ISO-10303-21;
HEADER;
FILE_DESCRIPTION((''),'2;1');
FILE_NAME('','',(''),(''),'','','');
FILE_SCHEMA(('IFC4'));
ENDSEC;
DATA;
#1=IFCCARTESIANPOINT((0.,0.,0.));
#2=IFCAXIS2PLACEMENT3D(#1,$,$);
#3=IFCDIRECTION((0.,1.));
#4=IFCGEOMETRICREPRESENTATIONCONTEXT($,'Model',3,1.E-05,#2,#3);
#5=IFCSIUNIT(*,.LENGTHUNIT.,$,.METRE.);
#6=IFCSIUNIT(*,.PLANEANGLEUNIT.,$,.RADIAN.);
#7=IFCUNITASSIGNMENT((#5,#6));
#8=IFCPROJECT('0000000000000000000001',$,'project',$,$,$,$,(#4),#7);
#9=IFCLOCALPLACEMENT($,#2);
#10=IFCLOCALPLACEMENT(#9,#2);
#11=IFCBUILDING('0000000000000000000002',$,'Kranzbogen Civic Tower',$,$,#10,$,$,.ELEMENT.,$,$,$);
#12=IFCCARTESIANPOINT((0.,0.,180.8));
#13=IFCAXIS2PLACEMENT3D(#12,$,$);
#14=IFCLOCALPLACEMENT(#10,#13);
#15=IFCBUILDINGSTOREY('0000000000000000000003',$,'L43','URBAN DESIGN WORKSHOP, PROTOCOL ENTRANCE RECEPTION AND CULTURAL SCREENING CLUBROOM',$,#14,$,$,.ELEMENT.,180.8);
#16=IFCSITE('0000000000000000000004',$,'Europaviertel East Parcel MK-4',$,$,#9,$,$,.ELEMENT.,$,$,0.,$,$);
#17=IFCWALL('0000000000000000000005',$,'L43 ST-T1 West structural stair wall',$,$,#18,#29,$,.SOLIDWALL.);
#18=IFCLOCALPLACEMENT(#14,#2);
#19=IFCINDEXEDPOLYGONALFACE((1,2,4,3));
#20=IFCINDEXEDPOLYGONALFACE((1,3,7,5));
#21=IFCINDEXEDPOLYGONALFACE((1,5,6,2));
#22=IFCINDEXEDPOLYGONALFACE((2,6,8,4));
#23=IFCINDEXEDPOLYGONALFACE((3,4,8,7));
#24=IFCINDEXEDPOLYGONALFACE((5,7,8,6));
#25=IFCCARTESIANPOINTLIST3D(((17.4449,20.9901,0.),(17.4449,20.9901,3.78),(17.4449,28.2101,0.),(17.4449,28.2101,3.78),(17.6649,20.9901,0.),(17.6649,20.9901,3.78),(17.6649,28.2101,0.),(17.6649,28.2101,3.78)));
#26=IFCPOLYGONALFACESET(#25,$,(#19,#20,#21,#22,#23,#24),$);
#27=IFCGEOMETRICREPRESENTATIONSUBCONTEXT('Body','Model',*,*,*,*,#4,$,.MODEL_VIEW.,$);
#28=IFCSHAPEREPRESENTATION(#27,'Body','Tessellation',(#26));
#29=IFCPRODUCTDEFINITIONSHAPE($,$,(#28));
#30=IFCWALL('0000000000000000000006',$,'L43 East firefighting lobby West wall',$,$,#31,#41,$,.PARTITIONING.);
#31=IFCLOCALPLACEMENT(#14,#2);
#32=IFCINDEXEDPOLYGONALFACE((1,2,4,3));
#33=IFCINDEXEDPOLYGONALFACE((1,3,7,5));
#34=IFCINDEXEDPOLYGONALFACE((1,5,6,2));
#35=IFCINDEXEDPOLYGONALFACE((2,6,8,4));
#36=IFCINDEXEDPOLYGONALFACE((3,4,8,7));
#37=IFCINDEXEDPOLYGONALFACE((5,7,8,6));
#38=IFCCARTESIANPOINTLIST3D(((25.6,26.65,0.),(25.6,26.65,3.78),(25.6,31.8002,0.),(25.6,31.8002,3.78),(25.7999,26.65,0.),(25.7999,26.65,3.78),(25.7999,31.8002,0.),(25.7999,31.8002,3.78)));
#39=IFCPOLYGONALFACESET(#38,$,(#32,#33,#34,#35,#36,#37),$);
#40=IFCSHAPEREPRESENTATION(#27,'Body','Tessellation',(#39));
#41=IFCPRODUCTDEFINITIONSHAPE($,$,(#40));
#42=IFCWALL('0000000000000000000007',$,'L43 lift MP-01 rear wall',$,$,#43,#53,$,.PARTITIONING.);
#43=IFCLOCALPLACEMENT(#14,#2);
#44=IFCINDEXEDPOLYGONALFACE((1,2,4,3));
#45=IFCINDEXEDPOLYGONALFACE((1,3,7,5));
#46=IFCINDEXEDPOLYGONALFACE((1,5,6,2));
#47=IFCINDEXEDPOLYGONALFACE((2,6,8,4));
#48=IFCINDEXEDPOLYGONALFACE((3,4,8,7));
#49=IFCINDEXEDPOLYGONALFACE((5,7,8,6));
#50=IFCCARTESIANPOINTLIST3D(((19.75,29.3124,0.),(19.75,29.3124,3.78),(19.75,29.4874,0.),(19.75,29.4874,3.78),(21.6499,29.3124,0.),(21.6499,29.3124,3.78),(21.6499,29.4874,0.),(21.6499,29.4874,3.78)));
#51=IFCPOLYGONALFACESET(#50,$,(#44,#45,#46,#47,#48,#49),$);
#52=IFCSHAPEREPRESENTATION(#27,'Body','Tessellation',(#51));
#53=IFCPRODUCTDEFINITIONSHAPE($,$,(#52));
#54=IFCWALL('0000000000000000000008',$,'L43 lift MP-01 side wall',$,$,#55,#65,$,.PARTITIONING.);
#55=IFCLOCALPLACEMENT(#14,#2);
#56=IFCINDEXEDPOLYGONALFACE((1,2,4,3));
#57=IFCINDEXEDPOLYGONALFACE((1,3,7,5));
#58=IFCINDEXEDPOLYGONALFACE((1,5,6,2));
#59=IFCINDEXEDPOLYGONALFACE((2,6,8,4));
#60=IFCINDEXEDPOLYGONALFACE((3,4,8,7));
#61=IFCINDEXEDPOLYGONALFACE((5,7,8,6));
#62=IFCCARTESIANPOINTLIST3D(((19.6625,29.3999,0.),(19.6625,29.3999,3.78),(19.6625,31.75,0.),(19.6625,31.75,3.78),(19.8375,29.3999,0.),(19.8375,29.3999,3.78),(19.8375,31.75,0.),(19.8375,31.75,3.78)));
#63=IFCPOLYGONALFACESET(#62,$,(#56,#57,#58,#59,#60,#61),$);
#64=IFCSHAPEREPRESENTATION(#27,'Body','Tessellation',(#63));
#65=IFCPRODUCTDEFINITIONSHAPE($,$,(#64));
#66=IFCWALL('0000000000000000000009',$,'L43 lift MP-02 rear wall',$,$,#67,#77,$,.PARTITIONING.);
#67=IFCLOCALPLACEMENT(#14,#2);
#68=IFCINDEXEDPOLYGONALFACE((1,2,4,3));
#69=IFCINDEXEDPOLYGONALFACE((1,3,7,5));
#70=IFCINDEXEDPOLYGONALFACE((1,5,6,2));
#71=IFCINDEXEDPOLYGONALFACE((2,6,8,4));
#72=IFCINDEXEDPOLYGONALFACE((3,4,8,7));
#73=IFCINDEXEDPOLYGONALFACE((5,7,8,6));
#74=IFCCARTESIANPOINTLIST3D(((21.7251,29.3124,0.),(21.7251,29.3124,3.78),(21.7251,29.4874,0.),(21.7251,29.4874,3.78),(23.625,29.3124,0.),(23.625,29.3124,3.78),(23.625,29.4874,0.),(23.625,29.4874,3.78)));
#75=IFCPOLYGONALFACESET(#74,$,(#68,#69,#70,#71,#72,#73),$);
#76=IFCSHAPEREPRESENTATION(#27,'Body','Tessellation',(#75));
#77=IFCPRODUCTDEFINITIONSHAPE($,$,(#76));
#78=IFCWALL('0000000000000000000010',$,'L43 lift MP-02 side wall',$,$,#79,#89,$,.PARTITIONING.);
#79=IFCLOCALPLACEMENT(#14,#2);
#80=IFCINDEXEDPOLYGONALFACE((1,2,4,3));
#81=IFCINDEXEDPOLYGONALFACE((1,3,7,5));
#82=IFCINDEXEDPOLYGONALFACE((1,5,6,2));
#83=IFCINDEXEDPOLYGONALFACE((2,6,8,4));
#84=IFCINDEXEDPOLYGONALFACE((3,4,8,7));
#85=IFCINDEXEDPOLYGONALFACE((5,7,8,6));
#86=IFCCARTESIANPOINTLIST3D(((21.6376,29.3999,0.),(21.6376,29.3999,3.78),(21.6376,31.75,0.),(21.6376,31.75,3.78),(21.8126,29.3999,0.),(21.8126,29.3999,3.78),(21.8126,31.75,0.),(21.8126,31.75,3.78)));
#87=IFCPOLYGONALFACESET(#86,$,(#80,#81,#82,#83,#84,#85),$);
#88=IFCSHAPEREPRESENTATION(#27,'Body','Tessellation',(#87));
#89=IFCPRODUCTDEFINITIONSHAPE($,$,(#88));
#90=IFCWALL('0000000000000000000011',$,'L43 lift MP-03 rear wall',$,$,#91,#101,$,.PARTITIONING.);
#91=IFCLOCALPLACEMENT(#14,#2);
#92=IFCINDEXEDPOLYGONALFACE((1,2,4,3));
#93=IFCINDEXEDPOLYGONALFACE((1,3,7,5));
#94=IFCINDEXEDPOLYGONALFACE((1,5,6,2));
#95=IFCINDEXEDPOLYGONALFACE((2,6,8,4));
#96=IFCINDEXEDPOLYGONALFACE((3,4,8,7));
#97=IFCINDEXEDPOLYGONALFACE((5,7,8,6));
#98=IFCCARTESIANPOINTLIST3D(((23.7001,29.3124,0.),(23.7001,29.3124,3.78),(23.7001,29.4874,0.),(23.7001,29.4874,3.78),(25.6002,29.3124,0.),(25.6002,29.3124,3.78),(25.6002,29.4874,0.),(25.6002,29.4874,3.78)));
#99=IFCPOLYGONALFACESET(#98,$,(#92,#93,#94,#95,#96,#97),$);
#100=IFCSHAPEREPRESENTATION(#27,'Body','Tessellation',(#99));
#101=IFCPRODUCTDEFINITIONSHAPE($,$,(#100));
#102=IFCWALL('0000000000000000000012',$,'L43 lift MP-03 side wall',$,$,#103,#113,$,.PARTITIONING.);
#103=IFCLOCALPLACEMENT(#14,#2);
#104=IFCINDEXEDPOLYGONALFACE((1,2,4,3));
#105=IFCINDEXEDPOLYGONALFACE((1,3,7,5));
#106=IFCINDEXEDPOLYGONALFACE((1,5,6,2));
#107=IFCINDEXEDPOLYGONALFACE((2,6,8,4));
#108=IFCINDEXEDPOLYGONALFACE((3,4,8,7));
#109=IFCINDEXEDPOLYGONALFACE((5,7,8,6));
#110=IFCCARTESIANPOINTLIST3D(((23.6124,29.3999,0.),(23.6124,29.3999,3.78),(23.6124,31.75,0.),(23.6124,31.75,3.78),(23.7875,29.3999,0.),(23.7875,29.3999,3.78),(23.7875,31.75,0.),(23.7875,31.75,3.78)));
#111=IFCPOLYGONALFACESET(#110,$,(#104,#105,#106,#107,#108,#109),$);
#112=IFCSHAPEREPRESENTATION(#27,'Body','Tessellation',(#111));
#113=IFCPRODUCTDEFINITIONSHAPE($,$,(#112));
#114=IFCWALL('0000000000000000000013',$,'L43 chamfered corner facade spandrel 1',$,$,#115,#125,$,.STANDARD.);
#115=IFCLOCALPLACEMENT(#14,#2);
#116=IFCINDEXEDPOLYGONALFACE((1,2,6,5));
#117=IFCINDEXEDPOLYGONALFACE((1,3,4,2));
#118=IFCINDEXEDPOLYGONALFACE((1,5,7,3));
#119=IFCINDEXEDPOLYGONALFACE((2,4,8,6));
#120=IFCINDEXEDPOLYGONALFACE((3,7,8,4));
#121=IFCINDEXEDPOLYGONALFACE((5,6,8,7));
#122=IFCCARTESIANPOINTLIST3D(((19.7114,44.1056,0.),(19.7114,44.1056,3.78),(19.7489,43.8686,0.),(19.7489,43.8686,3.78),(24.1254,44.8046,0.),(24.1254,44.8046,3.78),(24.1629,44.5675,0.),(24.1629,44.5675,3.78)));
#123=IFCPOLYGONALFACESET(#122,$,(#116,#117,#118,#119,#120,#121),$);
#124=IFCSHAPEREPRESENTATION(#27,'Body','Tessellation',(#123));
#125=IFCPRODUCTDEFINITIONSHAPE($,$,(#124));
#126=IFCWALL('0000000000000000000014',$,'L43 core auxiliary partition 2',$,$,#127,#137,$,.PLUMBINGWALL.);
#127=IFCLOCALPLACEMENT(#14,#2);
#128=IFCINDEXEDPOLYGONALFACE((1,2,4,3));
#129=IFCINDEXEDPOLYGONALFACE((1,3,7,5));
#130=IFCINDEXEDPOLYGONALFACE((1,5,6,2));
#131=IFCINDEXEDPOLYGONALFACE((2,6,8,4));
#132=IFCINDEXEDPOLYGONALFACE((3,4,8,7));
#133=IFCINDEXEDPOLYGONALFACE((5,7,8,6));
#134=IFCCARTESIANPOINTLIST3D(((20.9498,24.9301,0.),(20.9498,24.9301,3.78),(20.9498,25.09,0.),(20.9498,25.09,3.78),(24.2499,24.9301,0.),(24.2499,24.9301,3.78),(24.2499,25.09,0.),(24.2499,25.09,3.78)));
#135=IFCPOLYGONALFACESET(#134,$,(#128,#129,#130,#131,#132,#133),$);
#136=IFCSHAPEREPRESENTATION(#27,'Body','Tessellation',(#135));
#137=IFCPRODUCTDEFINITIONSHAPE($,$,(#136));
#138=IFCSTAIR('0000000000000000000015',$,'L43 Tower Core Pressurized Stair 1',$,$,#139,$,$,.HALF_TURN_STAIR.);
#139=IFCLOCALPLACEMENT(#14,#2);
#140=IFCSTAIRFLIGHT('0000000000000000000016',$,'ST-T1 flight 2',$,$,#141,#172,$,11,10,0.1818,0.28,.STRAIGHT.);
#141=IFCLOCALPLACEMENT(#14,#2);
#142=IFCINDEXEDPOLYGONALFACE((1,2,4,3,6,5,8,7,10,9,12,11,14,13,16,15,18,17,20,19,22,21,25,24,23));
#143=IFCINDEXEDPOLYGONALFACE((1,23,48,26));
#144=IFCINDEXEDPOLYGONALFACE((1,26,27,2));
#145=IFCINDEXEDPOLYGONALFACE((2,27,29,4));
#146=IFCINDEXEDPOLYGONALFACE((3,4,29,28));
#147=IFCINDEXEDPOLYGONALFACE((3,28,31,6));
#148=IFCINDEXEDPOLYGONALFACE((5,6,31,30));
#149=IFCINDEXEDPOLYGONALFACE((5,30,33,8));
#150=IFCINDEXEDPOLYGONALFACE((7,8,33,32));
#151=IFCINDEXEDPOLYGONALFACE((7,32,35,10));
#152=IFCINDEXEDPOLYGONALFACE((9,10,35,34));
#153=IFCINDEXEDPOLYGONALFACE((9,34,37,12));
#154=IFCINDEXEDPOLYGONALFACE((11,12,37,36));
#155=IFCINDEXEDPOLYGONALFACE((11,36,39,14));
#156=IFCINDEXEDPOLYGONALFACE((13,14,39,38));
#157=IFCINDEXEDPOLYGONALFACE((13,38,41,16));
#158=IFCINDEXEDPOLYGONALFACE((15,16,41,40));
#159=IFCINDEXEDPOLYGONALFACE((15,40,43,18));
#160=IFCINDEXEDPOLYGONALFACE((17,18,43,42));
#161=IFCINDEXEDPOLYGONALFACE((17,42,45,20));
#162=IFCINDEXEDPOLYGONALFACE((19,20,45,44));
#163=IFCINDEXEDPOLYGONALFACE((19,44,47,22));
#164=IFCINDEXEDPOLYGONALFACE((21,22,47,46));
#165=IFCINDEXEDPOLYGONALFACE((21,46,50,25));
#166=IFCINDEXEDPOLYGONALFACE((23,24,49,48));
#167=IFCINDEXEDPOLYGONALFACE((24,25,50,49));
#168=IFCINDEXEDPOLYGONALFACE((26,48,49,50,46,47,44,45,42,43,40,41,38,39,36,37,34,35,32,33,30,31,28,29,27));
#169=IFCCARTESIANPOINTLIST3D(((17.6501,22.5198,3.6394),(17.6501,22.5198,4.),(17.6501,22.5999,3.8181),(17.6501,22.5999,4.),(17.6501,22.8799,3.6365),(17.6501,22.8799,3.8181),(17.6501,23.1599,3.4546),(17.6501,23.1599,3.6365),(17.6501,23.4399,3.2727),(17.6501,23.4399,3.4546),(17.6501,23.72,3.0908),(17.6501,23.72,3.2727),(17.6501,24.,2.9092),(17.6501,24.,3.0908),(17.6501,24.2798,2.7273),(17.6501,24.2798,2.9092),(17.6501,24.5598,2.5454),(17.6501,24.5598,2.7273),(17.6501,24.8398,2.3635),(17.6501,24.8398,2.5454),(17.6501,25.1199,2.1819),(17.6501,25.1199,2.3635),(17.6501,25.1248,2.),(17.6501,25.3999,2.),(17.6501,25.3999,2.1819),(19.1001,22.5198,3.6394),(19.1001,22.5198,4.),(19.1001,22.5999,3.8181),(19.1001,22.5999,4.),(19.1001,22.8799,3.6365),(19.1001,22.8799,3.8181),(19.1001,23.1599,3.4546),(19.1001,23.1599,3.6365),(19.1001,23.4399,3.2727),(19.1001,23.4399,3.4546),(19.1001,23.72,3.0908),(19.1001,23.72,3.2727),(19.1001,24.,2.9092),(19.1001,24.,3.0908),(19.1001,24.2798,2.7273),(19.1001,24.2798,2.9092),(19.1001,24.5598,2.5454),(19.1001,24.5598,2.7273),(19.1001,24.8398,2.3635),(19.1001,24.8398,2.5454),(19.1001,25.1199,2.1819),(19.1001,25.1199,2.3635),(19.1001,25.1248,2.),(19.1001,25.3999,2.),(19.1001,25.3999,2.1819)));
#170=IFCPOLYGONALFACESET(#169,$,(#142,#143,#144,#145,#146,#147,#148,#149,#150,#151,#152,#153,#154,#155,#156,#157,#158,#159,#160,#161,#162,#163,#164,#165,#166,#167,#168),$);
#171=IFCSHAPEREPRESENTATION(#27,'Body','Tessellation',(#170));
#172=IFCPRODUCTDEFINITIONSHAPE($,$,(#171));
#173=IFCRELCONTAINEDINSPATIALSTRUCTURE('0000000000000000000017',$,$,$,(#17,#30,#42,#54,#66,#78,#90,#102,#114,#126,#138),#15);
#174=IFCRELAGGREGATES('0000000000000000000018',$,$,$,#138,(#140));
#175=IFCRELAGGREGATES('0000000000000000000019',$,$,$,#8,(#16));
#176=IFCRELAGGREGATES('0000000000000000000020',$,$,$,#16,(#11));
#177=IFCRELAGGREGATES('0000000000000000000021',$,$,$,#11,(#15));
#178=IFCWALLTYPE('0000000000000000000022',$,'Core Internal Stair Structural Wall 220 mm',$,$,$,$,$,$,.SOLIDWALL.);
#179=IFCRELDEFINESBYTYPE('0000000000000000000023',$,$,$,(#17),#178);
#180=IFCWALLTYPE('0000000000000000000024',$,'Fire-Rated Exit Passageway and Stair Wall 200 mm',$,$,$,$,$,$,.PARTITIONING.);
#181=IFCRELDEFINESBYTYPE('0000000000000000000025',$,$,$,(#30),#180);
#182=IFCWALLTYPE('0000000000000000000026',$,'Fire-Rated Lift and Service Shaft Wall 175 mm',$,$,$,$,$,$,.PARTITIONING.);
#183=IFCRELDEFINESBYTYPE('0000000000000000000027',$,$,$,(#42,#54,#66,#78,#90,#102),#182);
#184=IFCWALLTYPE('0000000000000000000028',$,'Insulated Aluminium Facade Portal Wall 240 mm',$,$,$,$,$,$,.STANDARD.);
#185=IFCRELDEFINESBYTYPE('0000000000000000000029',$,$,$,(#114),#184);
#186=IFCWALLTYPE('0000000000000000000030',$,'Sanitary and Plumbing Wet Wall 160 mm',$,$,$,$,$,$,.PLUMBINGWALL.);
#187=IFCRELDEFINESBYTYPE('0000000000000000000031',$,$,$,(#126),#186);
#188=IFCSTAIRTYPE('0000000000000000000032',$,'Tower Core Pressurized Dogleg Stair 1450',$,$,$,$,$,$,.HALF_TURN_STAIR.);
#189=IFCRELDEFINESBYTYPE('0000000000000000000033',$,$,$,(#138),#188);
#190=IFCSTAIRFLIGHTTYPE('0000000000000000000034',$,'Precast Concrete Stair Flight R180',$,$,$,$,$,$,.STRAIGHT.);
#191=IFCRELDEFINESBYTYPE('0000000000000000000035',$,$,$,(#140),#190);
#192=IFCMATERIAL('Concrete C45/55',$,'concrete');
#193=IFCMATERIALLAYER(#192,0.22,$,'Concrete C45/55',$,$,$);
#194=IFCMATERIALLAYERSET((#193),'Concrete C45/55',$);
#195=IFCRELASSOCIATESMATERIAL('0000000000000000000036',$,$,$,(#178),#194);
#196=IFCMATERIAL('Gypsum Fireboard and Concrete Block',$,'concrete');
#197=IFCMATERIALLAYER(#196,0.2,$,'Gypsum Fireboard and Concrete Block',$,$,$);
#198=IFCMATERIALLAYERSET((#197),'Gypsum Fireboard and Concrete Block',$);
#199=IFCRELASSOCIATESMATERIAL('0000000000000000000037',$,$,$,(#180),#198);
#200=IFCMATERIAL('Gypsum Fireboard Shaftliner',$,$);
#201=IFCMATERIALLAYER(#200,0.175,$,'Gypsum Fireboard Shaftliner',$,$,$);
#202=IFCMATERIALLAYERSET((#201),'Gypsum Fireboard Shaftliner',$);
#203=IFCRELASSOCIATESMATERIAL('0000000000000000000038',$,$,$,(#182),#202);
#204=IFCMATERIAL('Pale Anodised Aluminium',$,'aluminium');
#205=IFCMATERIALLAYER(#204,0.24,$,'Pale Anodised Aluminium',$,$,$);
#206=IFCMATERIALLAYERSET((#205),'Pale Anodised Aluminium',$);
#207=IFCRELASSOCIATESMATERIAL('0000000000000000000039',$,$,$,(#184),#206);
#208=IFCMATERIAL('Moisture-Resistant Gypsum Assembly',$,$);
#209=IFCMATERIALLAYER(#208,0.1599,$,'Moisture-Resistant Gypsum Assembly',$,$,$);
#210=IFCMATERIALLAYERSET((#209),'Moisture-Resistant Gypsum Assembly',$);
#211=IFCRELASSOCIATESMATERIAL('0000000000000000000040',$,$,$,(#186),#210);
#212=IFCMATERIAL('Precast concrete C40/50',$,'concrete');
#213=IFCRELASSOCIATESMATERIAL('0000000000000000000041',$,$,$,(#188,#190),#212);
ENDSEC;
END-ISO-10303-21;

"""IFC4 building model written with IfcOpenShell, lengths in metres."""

from ifc_helpers import new_model, si_unit, direction, frame, frame_2d, origin, place, context, subcontext, project, spatial, polyline, rectangle, outline, extrude, material, layer, layer_set, type_object, element, aggregate, save


model = new_model("IFC4")

# Units and contexts
model_context = context("Model", 3, precision=1e-05, world=origin(), true_north=direction((0.0, 1.0)))
body_context = subcontext(model_context, "Body", "Model", "MODEL_VIEW")
ifc_project = project(units=[si_unit("LENGTHUNIT", "METRE"), si_unit("PLANEANGLEUNIT", "RADIAN")], contexts=[model_context])

# Site, building, storey
site_placement = place(None, origin())
site = spatial("IfcSite", under=ifc_project, at=site_placement, Name="Europaviertel East Parcel MK-4", CompositionType="ELEMENT", RefElevation=0.0)
building_placement = place(site_placement, origin())
building = spatial("IfcBuilding", under=site, at=building_placement, Name="Kranzbogen Civic Tower", CompositionType="ELEMENT")
storey_placement = place(building_placement, frame((0.0, 0.0, 180.8)))
storey = spatial("IfcBuildingStorey", under=building, at=storey_placement, Name="L43", Description="URBAN DESIGN WORKSHOP, PROTOCOL ENTRANCE RECEPTION AND CULTURAL SCREENING CLUBROOM", CompositionType="ELEMENT", Elevation=180.8)

# Shared definitions
ifc_material_1 = material(Name="Pale Anodised Aluminium", Category="aluminium")

# Shared definitions
ifc_material_2 = material(Name="Concrete C45/55", Category="concrete")

# Walls
ifc_layer_1 = layer(ifc_material_2, 0.22, Name="Concrete C45/55")
ifc_layer_set_1 = layer_set([ifc_layer_1], Name="Concrete C45/55")
wall_type_1 = type_object("IfcWallType", Name="Core Internal Stair Structural Wall 220 mm", PredefinedType="SOLIDWALL", material=ifc_layer_set_1)
wall_1_placement = place(storey_placement, frame((17.5549, 28.21, 0.0), z_axis=(0.0, 0.0, 1.0), x_axis=(0.0, -1.0, 0.0)))
element("IfcWall", 1, at=wall_1_placement, inside=storey, type_object=wall_type_1, Name="L43 ST-T1 West structural stair wall", PredefinedType="SOLIDWALL", context=body_context, shape_type="SweptSolid", body=[
    extrude(rectangle(XDim=7.22, YDim=0.22, at=frame_2d((3.6099, 0.0))), origin(), (0.0, 0.0, 1.0), 3.78),
])
ifc_material_3 = material(Name="Gypsum Fireboard and Concrete Block", Category="concrete")
ifc_layer_2 = layer(ifc_material_3, 0.2, Name="Gypsum Fireboard and Concrete Block")
ifc_layer_set_2 = layer_set([ifc_layer_2], Name="Gypsum Fireboard and Concrete Block")
wall_type_2 = type_object("IfcWallType", Name="Fire-Rated Exit Passageway and Stair Wall 200 mm", PredefinedType="PARTITIONING", material=ifc_layer_set_2)
wall_2_placement = place(storey_placement, frame((25.7, 26.6499, 0.0), z_axis=(0.0, 0.0, 1.0), x_axis=(0.0, 1.0, 0.0)))
element("IfcWall", 2, at=wall_2_placement, inside=storey, type_object=wall_type_2, Name="L43 East firefighting lobby West wall", PredefinedType="PARTITIONING", context=body_context, shape_type="SweptSolid", body=[
    extrude(rectangle(XDim=5.1501, YDim=0.2, at=frame_2d((2.5752, 0.0))), origin(), (0.0, 0.0, 1.0), 3.78),
])
ifc_material_4 = material(Name="Gypsum Fireboard Shaftliner")
ifc_layer_3 = layer(ifc_material_4, 0.175, Name="Gypsum Fireboard Shaftliner")
ifc_layer_set_3 = layer_set([ifc_layer_3], Name="Gypsum Fireboard Shaftliner")
wall_type_3 = type_object("IfcWallType", Name="Fire-Rated Lift and Service Shaft Wall 175 mm", PredefinedType="PARTITIONING", material=ifc_layer_set_3)
wall_3_placement = place(storey_placement, frame((19.75, 29.3999, 0.0), z_axis=(0.0, 0.0, 1.0), x_axis=(1.0, 0.0, 0.0)))
element("IfcWall", 3, at=wall_3_placement, inside=storey, type_object=wall_type_3, Name="L43 lift MP-01 rear wall", PredefinedType="PARTITIONING", context=body_context, shape_type="SweptSolid", body=[
    extrude(rectangle(XDim=1.8999, YDim=0.175, at=frame_2d((0.95, 0.0))), origin(), (0.0, 0.0, 1.0), 3.78),
])
wall_4_placement = place(storey_placement, frame((19.75, 29.3999, 0.0), z_axis=(0.0, 0.0, 1.0), x_axis=(0.0, 1.0, 0.0)))
element("IfcWall", 4, at=wall_4_placement, inside=storey, type_object=wall_type_3, Name="L43 lift MP-01 side wall", PredefinedType="PARTITIONING", context=body_context, shape_type="SweptSolid", body=[
    extrude(rectangle(XDim=2.3501, YDim=0.175, at=frame_2d((1.175, 0.0))), origin(), (0.0, 0.0, 1.0), 3.78),
])
wall_5_placement = place(storey_placement, frame((21.7251, 29.3999, 0.0), z_axis=(0.0, 0.0, 1.0), x_axis=(1.0, 0.0, 0.0)))
element("IfcWall", 5, at=wall_5_placement, inside=storey, type_object=wall_type_3, Name="L43 lift MP-02 rear wall", PredefinedType="PARTITIONING", context=body_context, shape_type="SweptSolid", body=[
    extrude(rectangle(XDim=1.8999, YDim=0.175, at=frame_2d((0.95, 0.0))), origin(), (0.0, 0.0, 1.0), 3.78),
])
wall_6_placement = place(storey_placement, frame((21.7251, 29.3999, 0.0), z_axis=(0.0, 0.0, 1.0), x_axis=(0.0, 1.0, 0.0)))
element("IfcWall", 6, at=wall_6_placement, inside=storey, type_object=wall_type_3, Name="L43 lift MP-02 side wall", PredefinedType="PARTITIONING", context=body_context, shape_type="SweptSolid", body=[
    extrude(rectangle(XDim=2.3501, YDim=0.175, at=frame_2d((1.175, 0.0))), origin(), (0.0, 0.0, 1.0), 3.78),
])
wall_7_placement = place(storey_placement, frame((23.7, 29.3999, 0.0), z_axis=(0.0, 0.0, 1.0), x_axis=(1.0, 0.0, 0.0)))
element("IfcWall", 7, at=wall_7_placement, inside=storey, type_object=wall_type_3, Name="L43 lift MP-03 rear wall", PredefinedType="PARTITIONING", context=body_context, shape_type="SweptSolid", body=[
    extrude(rectangle(XDim=1.9001, YDim=0.175, at=frame_2d((0.9502, 0.0))), origin(), (0.0, 0.0, 1.0), 3.78),
])
wall_8_placement = place(storey_placement, frame((23.7, 29.3999, 0.0), z_axis=(0.0, 0.0, 1.0), x_axis=(0.0, 1.0, 0.0)))
element("IfcWall", 8, at=wall_8_placement, inside=storey, type_object=wall_type_3, Name="L43 lift MP-03 side wall", PredefinedType="PARTITIONING", context=body_context, shape_type="SweptSolid", body=[
    extrude(rectangle(XDim=2.3501, YDim=0.175, at=frame_2d((1.175, 0.0))), origin(), (0.0, 0.0, 1.0), 3.78),
])
ifc_layer_4 = layer(ifc_material_1, 0.24, Name="Pale Anodised Aluminium")
ifc_layer_set_4 = layer_set([ifc_layer_4], Name="Pale Anodised Aluminium")
wall_type_4 = type_object("IfcWallType", Name="Insulated Aluminium Facade Portal Wall 240 mm", PredefinedType="STANDARD", material=ifc_layer_set_4)
wall_9_placement = place(storey_placement, frame((24.144, 44.686, 0.0), z_axis=(0.0, 0.0, 1.0), x_axis=(-0.987693, -0.156403, 0.0)))
element("IfcWall", 9, at=wall_9_placement, inside=storey, type_object=wall_type_4, Name="L43 chamfered corner facade spandrel 1", PredefinedType="STANDARD", context=body_context, shape_type="SweptSolid", body=[
    extrude(rectangle(XDim=4.469, YDim=0.24, at=frame_2d((2.2344, 0.0))), origin(), (0.0, 0.0, 1.0), 3.78),
])
ifc_material_5 = material(Name="Moisture-Resistant Gypsum Assembly")
ifc_layer_5 = layer(ifc_material_5, 0.1599, Name="Moisture-Resistant Gypsum Assembly")
ifc_layer_set_5 = layer_set([ifc_layer_5], Name="Moisture-Resistant Gypsum Assembly")
wall_type_5 = type_object("IfcWallType", Name="Sanitary and Plumbing Wet Wall 160 mm", PredefinedType="PLUMBINGWALL", material=ifc_layer_set_5)
wall_10_placement = place(storey_placement, frame((20.95, 25.01, 0.0), z_axis=(0.0, 0.0, 1.0), x_axis=(1.0, 0.0, 0.0)))
element("IfcWall", 10, at=wall_10_placement, inside=storey, type_object=wall_type_5, Name="L43 core auxiliary partition 2", PredefinedType="PLUMBINGWALL", context=body_context, shape_type="SweptSolid", body=[
    extrude(rectangle(XDim=3.3, YDim=0.1599, at=frame_2d((1.6499, 0.0))), origin(), (0.0, 0.0, 1.0), 3.78),
])

# Stair, stair flight
ifc_material_6 = material(Name="Precast concrete C40/50", Category="concrete")
stair_type = type_object("IfcStairType", Name="Tower Core Pressurized Dogleg Stair 1450", PredefinedType="HALF_TURN_STAIR", material=ifc_material_6)
stair_placement = place(storey_placement, origin())
stair = element("IfcStair", 11, at=stair_placement, inside=storey, type_object=stair_type, Name="L43 Tower Core Pressurized Stair 1", PredefinedType="HALF_TURN_STAIR")
stair_flight_type = type_object("IfcStairFlightType", Name="Precast Concrete Stair Flight R180", PredefinedType="STRAIGHT", material=ifc_material_6)
stair_flight_placement = place(storey_placement, frame((18.375, 25.3999, 2.0), z_axis=(0.0, 0.0, 1.0), x_axis=(0.0, -1.0, 0.0)))
stair_flight = element("IfcStairFlight", 12, at=stair_flight_placement, type_object=stair_flight_type, Name="ST-T1 flight 2", NumberOfRisers=11, NumberOfTreads=10, PredefinedType="STRAIGHT", RiserHeight=0.1818, TreadLength=0.28, context=body_context, shape_type="SweptSolid", body=[
    extrude(outline(polyline([(0.0, 0.0), (0.0, 0.1819), (0.28, 0.1819), (0.28, 0.3635), (0.5601, 0.3635), (0.5601, 0.5454), (0.8401, 0.5454), (0.8401, 0.7273), (1.1201, 0.7273), (1.1201, 0.9092), (1.3999, 0.9092), (1.3999, 1.0908), (1.6799, 1.0908), (1.6799, 1.2727), (1.96, 1.2727), (1.96, 1.4546), (2.24, 1.4546), (2.24, 1.6365), (2.52, 1.6365), (2.52, 1.8181), (2.8, 1.8181), (2.8, 2.0), (2.8801, 2.0), (2.8801, 1.6394), (0.2751, 0.0), (0.0, 0.0)])), frame((0.0, 0.7251, 0.0), z_axis=(0.0, -1.0, 0.0), x_axis=(1.0, 0.0, 0.0)), (0.0, 0.0, 1.0), 1.45),
])
aggregate(stair, [stair_flight])

save(model, "model.ifc")
